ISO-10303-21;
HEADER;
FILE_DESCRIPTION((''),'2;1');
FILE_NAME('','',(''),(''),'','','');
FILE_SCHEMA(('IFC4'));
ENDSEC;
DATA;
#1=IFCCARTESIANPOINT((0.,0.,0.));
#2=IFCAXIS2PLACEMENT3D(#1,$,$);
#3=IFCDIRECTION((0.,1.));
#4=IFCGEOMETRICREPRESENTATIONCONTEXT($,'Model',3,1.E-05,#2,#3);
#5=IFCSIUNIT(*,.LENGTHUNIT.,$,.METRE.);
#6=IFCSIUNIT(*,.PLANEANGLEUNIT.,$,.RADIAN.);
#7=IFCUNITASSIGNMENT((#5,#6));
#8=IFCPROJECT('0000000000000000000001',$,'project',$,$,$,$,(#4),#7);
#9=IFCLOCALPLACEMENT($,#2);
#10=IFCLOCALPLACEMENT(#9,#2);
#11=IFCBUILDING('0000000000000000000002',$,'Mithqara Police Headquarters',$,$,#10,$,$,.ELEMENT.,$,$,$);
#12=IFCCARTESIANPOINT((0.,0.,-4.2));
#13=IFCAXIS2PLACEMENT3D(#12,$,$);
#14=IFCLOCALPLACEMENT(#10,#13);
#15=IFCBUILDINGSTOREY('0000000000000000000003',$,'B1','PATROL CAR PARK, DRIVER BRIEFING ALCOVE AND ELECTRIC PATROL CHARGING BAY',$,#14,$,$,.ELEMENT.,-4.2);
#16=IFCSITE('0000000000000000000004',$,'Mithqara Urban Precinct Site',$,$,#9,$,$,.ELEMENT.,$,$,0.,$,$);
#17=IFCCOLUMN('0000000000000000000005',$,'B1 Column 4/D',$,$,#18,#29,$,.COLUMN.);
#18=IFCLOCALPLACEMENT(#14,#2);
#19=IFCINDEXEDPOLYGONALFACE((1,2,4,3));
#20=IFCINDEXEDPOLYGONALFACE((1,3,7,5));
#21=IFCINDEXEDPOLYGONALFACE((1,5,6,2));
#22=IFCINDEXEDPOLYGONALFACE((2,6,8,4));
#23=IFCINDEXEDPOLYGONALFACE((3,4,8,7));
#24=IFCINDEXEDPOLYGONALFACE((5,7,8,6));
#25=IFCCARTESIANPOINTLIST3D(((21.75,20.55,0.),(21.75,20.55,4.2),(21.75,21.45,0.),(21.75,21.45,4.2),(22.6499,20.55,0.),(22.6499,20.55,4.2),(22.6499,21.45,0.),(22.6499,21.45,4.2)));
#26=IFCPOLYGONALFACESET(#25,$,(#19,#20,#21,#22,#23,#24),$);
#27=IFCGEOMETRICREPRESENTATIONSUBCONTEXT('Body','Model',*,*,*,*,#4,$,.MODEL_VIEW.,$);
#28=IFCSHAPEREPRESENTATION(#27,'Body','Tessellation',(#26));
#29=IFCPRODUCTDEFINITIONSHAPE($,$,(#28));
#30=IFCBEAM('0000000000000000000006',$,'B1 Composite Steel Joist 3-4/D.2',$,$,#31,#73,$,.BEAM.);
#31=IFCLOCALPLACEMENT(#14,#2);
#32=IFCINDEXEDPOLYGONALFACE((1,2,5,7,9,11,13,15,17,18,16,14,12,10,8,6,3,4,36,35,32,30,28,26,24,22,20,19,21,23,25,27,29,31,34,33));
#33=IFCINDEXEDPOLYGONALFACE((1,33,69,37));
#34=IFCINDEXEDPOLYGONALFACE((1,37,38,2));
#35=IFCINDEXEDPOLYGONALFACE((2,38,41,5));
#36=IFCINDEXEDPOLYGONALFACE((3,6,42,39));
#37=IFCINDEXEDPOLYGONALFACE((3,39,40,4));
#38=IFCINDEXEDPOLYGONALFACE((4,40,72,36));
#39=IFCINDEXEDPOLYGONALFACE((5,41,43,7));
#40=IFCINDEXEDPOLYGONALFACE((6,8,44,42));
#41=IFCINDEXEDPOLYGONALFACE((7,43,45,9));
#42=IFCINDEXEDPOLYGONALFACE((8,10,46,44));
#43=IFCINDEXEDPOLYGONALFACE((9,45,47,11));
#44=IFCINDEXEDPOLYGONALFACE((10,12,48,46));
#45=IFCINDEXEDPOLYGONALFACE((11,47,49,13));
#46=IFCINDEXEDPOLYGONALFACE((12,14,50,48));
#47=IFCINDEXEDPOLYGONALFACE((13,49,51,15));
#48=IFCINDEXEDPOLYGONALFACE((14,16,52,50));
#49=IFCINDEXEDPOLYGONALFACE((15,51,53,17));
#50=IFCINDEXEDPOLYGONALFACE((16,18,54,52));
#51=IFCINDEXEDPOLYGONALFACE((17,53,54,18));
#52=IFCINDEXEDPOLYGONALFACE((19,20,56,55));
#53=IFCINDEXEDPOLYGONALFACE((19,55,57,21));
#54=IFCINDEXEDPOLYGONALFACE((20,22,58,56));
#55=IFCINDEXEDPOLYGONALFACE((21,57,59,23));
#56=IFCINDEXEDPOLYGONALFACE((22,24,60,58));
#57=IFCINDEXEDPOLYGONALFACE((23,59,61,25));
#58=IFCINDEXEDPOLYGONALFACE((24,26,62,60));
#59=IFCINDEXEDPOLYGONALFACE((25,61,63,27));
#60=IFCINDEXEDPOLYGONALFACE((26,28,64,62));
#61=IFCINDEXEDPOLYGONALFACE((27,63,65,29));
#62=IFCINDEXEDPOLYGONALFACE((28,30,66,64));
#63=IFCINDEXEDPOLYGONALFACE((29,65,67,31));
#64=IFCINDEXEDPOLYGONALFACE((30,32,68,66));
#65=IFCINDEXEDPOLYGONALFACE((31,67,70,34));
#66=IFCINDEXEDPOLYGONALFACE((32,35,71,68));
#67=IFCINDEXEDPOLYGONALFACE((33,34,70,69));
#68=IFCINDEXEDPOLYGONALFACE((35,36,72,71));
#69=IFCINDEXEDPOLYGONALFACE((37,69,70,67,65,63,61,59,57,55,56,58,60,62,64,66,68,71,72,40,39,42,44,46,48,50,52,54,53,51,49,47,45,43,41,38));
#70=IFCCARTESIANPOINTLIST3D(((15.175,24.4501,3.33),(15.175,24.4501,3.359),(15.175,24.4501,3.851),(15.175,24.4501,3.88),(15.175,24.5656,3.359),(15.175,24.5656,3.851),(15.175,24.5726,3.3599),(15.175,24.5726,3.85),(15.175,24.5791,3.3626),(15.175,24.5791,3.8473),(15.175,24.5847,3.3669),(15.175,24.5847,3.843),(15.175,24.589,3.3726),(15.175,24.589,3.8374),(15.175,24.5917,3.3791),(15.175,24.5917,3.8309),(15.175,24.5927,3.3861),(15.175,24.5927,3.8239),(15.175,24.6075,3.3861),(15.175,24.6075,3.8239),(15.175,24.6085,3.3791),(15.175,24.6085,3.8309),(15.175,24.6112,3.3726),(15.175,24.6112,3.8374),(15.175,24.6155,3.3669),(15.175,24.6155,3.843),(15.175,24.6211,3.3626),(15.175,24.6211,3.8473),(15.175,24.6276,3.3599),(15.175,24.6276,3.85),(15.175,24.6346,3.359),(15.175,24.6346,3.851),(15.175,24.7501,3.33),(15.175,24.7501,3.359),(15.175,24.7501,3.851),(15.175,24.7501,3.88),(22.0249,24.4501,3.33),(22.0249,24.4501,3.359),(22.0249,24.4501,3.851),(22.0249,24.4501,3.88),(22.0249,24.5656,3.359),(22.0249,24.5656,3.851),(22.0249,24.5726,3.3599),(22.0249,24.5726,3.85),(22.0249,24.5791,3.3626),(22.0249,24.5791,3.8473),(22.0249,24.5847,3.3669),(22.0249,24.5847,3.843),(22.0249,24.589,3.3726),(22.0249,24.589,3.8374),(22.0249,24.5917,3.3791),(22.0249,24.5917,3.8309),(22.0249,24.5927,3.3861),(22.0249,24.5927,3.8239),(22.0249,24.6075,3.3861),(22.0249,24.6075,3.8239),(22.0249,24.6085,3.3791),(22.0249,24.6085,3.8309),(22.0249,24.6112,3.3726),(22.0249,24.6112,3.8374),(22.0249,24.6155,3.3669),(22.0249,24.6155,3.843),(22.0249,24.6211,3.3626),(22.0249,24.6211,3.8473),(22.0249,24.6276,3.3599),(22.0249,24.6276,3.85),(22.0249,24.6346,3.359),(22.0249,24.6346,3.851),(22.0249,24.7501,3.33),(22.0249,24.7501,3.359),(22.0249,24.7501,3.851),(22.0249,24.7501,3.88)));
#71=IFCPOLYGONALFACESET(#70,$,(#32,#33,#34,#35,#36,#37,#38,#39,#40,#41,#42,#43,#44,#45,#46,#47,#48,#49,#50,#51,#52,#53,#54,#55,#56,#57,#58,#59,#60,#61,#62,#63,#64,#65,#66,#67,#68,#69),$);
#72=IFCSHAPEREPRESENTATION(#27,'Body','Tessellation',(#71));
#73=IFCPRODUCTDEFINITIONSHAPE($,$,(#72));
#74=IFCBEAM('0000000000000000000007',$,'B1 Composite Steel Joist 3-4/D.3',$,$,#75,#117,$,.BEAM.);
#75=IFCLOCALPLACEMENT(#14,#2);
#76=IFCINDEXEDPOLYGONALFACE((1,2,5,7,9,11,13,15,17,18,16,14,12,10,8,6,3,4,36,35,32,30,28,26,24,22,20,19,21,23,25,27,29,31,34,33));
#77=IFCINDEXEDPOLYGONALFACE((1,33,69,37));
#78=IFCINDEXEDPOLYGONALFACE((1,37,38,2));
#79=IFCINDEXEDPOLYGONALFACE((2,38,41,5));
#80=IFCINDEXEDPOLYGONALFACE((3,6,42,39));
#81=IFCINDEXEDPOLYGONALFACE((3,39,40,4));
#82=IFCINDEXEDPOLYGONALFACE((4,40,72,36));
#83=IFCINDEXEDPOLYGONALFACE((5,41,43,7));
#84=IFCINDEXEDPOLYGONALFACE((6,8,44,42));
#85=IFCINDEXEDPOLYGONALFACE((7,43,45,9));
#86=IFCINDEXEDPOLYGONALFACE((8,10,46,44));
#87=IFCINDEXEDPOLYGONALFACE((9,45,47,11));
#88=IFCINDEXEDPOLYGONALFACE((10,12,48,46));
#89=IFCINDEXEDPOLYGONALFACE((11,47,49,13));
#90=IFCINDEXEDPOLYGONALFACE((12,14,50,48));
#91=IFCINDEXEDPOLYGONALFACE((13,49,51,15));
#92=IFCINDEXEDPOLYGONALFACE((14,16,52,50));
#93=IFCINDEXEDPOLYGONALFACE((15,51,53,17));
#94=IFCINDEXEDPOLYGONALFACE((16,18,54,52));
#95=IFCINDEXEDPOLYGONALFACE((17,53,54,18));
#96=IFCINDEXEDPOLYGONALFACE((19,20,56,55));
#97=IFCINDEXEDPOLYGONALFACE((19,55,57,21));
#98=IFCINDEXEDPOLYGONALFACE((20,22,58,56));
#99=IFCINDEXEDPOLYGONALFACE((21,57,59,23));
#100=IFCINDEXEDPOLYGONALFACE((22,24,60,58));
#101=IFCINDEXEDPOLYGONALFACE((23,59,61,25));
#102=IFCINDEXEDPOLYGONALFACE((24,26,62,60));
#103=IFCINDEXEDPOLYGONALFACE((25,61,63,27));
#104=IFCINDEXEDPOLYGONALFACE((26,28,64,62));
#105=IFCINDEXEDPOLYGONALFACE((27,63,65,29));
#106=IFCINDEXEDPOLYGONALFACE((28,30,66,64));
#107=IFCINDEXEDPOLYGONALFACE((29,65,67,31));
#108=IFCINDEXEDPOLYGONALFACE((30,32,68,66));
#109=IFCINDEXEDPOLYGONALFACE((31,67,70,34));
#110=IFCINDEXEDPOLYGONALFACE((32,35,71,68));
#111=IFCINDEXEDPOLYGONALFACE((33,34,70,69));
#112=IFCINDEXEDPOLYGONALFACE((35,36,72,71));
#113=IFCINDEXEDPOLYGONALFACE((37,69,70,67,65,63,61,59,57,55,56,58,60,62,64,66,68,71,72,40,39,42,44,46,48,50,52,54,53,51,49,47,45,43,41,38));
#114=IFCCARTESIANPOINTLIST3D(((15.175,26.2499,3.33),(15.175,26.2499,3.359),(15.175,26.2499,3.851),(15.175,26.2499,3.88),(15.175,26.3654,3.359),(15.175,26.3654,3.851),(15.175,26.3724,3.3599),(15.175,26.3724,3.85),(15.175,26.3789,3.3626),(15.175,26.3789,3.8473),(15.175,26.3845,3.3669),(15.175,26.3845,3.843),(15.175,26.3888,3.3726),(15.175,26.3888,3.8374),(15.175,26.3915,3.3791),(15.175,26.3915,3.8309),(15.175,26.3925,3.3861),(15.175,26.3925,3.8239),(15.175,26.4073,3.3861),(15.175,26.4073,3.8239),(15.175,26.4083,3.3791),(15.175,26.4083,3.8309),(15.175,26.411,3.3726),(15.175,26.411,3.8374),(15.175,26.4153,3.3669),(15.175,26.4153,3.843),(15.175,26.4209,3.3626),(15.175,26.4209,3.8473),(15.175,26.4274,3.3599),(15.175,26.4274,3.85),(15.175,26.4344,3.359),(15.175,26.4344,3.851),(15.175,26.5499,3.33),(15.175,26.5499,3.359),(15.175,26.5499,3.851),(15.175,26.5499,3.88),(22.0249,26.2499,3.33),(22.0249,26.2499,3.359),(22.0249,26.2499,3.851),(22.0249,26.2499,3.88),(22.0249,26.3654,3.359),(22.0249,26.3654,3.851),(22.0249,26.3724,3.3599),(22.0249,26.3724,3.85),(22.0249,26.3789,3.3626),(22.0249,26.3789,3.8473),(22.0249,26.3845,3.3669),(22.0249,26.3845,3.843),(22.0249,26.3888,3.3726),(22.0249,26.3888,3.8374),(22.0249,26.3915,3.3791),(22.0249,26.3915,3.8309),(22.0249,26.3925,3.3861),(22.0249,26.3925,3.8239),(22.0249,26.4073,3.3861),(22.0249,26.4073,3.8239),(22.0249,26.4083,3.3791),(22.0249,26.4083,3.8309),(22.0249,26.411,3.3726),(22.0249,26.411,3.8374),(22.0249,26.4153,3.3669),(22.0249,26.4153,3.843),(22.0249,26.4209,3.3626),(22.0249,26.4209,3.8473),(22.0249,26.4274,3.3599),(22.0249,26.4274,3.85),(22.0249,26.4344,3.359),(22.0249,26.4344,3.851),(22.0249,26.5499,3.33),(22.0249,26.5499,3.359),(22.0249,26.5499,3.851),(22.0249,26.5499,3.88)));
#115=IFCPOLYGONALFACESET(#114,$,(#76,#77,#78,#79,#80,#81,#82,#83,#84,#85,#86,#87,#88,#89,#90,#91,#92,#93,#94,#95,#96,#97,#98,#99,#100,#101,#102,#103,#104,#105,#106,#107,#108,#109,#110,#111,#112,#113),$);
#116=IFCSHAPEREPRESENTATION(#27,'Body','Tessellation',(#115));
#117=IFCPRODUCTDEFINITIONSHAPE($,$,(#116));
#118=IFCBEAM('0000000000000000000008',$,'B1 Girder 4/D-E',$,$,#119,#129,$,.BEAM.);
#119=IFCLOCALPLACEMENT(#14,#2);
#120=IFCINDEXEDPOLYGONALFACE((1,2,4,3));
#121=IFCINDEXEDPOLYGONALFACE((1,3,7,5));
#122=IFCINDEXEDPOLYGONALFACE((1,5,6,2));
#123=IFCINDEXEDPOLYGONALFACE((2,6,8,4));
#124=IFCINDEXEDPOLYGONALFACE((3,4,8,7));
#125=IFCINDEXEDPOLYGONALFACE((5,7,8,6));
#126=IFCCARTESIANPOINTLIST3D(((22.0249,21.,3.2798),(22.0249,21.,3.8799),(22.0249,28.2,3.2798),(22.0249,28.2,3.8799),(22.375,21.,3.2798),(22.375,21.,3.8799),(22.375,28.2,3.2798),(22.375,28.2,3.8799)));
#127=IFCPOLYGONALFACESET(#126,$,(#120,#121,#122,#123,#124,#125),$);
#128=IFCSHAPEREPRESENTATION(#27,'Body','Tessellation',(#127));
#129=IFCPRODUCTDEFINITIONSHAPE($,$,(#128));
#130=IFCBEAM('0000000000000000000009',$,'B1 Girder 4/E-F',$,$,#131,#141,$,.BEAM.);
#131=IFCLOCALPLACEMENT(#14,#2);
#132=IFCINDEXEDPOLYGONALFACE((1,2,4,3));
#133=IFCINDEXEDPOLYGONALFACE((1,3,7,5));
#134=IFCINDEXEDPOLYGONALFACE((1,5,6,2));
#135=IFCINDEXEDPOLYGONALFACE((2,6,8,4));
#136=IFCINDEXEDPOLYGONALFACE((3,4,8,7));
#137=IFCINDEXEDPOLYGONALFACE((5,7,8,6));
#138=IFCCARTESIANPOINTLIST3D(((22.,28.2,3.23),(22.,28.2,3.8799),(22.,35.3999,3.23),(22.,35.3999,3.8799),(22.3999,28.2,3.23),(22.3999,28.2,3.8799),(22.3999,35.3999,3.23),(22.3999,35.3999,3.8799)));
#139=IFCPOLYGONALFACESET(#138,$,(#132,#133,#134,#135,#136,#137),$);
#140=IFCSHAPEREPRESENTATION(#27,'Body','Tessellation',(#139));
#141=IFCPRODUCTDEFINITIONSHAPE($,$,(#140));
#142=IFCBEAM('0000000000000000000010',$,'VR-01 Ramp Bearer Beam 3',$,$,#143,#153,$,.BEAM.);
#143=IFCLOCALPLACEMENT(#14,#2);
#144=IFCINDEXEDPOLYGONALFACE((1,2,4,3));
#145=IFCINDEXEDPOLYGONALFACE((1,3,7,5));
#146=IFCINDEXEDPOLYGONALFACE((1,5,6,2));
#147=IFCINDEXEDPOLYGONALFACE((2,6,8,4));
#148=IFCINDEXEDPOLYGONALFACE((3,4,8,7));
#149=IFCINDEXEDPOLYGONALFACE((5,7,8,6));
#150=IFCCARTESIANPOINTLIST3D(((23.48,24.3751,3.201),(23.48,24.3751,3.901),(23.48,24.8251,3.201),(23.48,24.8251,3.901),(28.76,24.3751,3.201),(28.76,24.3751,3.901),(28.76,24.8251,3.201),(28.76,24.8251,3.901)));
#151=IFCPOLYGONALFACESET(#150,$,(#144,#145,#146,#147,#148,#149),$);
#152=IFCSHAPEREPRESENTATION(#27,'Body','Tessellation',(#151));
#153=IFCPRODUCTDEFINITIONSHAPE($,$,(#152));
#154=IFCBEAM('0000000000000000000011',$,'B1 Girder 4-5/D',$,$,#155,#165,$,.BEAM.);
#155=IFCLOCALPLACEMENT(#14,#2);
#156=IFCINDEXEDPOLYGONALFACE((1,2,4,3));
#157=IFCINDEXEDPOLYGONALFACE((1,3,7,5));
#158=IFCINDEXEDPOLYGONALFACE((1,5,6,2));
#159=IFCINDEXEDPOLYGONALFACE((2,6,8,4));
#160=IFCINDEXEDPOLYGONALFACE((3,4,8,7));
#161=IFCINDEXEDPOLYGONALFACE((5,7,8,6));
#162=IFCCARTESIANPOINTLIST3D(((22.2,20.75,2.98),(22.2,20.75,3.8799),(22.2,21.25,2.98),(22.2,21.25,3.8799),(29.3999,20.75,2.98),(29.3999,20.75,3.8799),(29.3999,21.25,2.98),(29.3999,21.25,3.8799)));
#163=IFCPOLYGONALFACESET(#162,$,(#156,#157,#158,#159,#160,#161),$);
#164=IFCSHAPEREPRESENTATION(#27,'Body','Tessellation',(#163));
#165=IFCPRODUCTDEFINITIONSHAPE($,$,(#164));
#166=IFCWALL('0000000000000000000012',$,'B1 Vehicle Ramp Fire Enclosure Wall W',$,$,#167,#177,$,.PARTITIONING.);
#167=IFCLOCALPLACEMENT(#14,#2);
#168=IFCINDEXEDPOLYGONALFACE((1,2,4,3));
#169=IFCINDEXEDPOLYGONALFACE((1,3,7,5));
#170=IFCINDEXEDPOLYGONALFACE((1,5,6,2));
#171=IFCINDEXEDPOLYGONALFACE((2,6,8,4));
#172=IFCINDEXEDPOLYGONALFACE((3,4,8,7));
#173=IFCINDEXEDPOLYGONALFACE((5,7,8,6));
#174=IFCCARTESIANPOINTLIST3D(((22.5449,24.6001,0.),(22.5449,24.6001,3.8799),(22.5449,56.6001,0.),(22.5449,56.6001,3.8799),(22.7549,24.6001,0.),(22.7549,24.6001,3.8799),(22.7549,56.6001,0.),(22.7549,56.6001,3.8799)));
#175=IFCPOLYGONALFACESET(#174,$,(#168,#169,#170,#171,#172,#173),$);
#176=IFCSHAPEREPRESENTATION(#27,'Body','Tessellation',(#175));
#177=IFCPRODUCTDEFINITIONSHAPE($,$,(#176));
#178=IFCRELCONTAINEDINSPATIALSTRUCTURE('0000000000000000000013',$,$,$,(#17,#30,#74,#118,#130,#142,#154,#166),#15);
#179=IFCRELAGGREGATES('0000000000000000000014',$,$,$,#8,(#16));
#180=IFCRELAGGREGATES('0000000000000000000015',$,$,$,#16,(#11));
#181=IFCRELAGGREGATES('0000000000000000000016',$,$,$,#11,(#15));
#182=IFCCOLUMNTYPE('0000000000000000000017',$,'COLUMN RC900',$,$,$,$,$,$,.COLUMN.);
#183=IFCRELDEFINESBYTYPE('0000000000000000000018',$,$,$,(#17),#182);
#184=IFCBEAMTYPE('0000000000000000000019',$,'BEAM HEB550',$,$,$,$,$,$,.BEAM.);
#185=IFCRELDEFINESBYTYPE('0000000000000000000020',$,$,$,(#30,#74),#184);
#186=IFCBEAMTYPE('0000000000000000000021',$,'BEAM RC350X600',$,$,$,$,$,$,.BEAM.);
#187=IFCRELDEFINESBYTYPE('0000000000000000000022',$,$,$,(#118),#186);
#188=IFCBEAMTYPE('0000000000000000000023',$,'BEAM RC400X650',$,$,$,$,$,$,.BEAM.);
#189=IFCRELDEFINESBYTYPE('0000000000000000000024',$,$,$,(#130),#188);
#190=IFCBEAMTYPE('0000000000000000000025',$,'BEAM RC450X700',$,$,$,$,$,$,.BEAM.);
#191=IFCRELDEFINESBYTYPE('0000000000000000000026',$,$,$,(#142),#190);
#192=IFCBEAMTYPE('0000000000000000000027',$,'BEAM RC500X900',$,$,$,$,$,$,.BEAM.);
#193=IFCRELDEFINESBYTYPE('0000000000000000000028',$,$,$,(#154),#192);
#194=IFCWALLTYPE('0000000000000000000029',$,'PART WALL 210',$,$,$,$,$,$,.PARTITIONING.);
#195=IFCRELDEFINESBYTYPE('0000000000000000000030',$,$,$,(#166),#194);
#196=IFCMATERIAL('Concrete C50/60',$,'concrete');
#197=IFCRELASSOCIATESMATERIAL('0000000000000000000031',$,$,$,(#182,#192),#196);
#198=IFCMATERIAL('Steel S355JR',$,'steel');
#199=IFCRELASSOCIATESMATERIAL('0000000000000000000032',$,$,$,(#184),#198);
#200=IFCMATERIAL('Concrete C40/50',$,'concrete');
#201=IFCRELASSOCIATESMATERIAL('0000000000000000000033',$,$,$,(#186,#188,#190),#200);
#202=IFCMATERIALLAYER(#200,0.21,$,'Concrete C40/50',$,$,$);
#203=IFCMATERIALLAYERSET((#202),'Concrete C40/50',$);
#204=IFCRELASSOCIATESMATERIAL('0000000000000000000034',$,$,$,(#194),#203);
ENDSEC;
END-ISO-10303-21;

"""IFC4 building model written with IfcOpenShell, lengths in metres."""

from ifc_helpers import new_model, si_unit, direction, frame, frame_2d, origin, origin_2d, place, context, subcontext, project, spatial, rectangle, i_section, extrude, material, layer, layer_set, material_profile, profile_set, type_object, element, save


model = new_model("IFC4")

# Units and contexts
model_context = context("Model", 3, precision=1e-05, world=origin(), true_north=direction((0.0, 1.0)))
body_context = subcontext(model_context, "Body", "Model", "MODEL_VIEW")
ifc_project = project(units=[si_unit("LENGTHUNIT", "METRE"), si_unit("PLANEANGLEUNIT", "RADIAN")], contexts=[model_context])

# Site, building, storey
site_placement = place(None, origin())
site = spatial("IfcSite", under=ifc_project, at=site_placement, Name="Mithqara Urban Precinct Site", CompositionType="ELEMENT", RefElevation=0.0)
building_placement = place(site_placement, origin())
building = spatial("IfcBuilding", under=site, at=building_placement, Name="Mithqara Police Headquarters", CompositionType="ELEMENT")
storey_placement = place(building_placement, frame((0.0, 0.0, -4.2)))
storey = spatial("IfcBuildingStorey", under=building, at=storey_placement, Name="B1", Description="PATROL CAR PARK, DRIVER BRIEFING ALCOVE AND ELECTRIC PATROL CHARGING BAY", CompositionType="ELEMENT", Elevation=-4.2)

# Shared definitions
ifc_material_1 = material(Name="Concrete C40/50", Category="concrete")

# Column
ifc_material_2 = material(Name="Concrete C50/60", Category="concrete")
ifc_material_profile_1 = material_profile(ifc_material_2, rectangle(XDim=0.8999, YDim=0.8999, at=origin_2d()), Name="RC 900x900")
ifc_profile_set_1 = profile_set([ifc_material_profile_1], Name="Concrete C50/60")
column_type_1 = type_object("IfcColumnType", Name="COLUMN RC900", PredefinedType="COLUMN", material=ifc_profile_set_1)
column_1_placement = place(storey_placement, frame((22.2, 21.0, 0.0), z_axis=(0.0, 0.0, 1.0), x_axis=(1.0, 0.0, 0.0)))
element("IfcColumn", 1, at=column_1_placement, inside=storey, type_object=column_type_1, Name="B1 Column 4/D", PredefinedType="COLUMN", context=body_context, shape_type="SweptSolid", body=[
    extrude(rectangle(XDim=0.8999, YDim=0.8999, at=origin_2d()), origin(), (0.0, 0.0, 1.0), 4.2),
])

# Beams
ifc_material_3 = material(Name="Steel S355JR", Category="steel")
ifc_material_profile_2 = material_profile(ifc_material_3, i_section(OverallWidth=0.3, OverallDepth=0.55, WebThickness=0.0149, FlangeThickness=0.0291, FilletRadius=0.0271, at=origin_2d()), Name="HEB 550")
ifc_profile_set_2 = profile_set([ifc_material_profile_2], Name="Steel S355JR")
beam_type_1 = type_object("IfcBeamType", Name="BEAM HEB550", PredefinedType="BEAM", material=ifc_profile_set_2)
for number, where, z_axis, x_axis, name in (
    (2, (15.175, 24.6001, 3.605), (1.0, 0.0, 0.0), (0.0, 1.0, 0.0), "B1 Composite Steel Joist 3-4/D.2"),
    (3, (15.175, 26.3999, 3.605), (1.0, 0.0, 0.0), (0.0, 1.0, 0.0), "B1 Composite Steel Joist 3-4/D.3"),
):
    element("IfcBeam", number, at=place(storey_placement, frame(where, z_axis=z_axis, x_axis=x_axis)), inside=storey, type_object=beam_type_1, Name=name, PredefinedType="BEAM", context=body_context, shape_type="SweptSolid", body=[
        extrude(i_section(OverallWidth=0.3, OverallDepth=0.55, WebThickness=0.0149, FlangeThickness=0.0291, FilletRadius=0.0271, at=origin_2d()), origin(), (0.0, 0.0, 1.0), 6.8499),
    ])
ifc_material_profile_3 = material_profile(ifc_material_1, rectangle(XDim=0.3501, YDim=0.6001, at=origin_2d()), Name="RC 350x600")
ifc_profile_set_3 = profile_set([ifc_material_profile_3], Name="Concrete C40/50")
beam_type_2 = type_object("IfcBeamType", Name="BEAM RC350X600", PredefinedType="BEAM", material=ifc_profile_set_3)
beam_1_placement = place(storey_placement, frame((22.2, 21.0, 3.5798), z_axis=(0.0, 1.0, 0.0), x_axis=(-1.0, 0.0, 0.0)))
element("IfcBeam", 4, at=beam_1_placement, inside=storey, type_object=beam_type_2, Name="B1 Girder 4/D-E", PredefinedType="BEAM", context=body_context, shape_type="SweptSolid", body=[
    extrude(rectangle(XDim=0.3501, YDim=0.6001, at=origin_2d()), origin(), (0.0, 0.0, 1.0), 7.2),
])
ifc_material_profile_4 = material_profile(ifc_material_1, rectangle(XDim=0.3999, YDim=0.6499, at=origin_2d()), Name="RC 400x650")
ifc_profile_set_4 = profile_set([ifc_material_profile_4], Name="Concrete C40/50")
beam_type_3 = type_object("IfcBeamType", Name="BEAM RC400X650", PredefinedType="BEAM", material=ifc_profile_set_4)
beam_2_placement = place(storey_placement, frame((22.2, 28.2, 3.5549), z_axis=(0.0, 1.0, 0.0), x_axis=(-1.0, 0.0, 0.0)))
element("IfcBeam", 5, at=beam_2_placement, inside=storey, type_object=beam_type_3, Name="B1 Girder 4/E-F", PredefinedType="BEAM", context=body_context, shape_type="SweptSolid", body=[
    extrude(rectangle(XDim=0.3999, YDim=0.6499, at=origin_2d()), origin(), (0.0, 0.0, 1.0), 7.2),
])
ifc_material_profile_5 = material_profile(ifc_material_1, rectangle(XDim=0.45, YDim=0.7, at=origin_2d()), Name="RC 450x700")
ifc_profile_set_5 = profile_set([ifc_material_profile_5], Name="Concrete C40/50")
beam_type_4 = type_object("IfcBeamType", Name="BEAM RC450X700", PredefinedType="BEAM", material=ifc_profile_set_5)
beam_3_placement = place(storey_placement, frame((23.48, 24.6001, 3.551), z_axis=(1.0, 0.0, 0.0), x_axis=(0.0, 1.0, 0.0)))
element("IfcBeam", 6, at=beam_3_placement, inside=storey, type_object=beam_type_4, Name="VR-01 Ramp Bearer Beam 3", PredefinedType="BEAM", context=body_context, shape_type="SweptSolid", body=[
    extrude(rectangle(XDim=0.45, YDim=0.7, at=origin_2d()), origin(), (0.0, 0.0, 1.0), 5.28),
])
ifc_material_profile_6 = material_profile(ifc_material_2, rectangle(XDim=0.5, YDim=0.8999, at=origin_2d()), Name="RC 500x900")
ifc_profile_set_6 = profile_set([ifc_material_profile_6], Name="Concrete C50/60")
beam_type_5 = type_object("IfcBeamType", Name="BEAM RC500X900", PredefinedType="BEAM", material=ifc_profile_set_6)
beam_4_placement = place(storey_placement, frame((22.2, 21.0, 3.4299), z_axis=(1.0, 0.0, 0.0), x_axis=(0.0, 1.0, 0.0)))
element("IfcBeam", 7, at=beam_4_placement, inside=storey, type_object=beam_type_5, Name="B1 Girder 4-5/D", PredefinedType="BEAM", context=body_context, shape_type="SweptSolid", body=[
    extrude(rectangle(XDim=0.5, YDim=0.8999, at=origin_2d()), origin(), (0.0, 0.0, 1.0), 7.2),
])

# Wall
ifc_layer_1 = layer(ifc_material_1, 0.21, Name="Concrete C40/50")
ifc_layer_set_1 = layer_set([ifc_layer_1], Name="Concrete C40/50")
wall_type_1 = type_object("IfcWallType", Name="PART WALL 210", PredefinedType="PARTITIONING", material=ifc_layer_set_1)
wall_1_placement = place(storey_placement, frame((22.6499, 24.6001, 0.0), z_axis=(0.0, 0.0, 1.0), x_axis=(0.0, 1.0, 0.0)))
element("IfcWall", 8, at=wall_1_placement, inside=storey, type_object=wall_type_1, Name="B1 Vehicle Ramp Fire Enclosure Wall W", PredefinedType="PARTITIONING", context=body_context, shape_type="SweptSolid", body=[
    extrude(rectangle(XDim=32.0, YDim=0.21, at=frame_2d((16.0, 0.0))), origin(), (0.0, 0.0, 1.0), 3.8799),
])

save(model, "model.ifc")
